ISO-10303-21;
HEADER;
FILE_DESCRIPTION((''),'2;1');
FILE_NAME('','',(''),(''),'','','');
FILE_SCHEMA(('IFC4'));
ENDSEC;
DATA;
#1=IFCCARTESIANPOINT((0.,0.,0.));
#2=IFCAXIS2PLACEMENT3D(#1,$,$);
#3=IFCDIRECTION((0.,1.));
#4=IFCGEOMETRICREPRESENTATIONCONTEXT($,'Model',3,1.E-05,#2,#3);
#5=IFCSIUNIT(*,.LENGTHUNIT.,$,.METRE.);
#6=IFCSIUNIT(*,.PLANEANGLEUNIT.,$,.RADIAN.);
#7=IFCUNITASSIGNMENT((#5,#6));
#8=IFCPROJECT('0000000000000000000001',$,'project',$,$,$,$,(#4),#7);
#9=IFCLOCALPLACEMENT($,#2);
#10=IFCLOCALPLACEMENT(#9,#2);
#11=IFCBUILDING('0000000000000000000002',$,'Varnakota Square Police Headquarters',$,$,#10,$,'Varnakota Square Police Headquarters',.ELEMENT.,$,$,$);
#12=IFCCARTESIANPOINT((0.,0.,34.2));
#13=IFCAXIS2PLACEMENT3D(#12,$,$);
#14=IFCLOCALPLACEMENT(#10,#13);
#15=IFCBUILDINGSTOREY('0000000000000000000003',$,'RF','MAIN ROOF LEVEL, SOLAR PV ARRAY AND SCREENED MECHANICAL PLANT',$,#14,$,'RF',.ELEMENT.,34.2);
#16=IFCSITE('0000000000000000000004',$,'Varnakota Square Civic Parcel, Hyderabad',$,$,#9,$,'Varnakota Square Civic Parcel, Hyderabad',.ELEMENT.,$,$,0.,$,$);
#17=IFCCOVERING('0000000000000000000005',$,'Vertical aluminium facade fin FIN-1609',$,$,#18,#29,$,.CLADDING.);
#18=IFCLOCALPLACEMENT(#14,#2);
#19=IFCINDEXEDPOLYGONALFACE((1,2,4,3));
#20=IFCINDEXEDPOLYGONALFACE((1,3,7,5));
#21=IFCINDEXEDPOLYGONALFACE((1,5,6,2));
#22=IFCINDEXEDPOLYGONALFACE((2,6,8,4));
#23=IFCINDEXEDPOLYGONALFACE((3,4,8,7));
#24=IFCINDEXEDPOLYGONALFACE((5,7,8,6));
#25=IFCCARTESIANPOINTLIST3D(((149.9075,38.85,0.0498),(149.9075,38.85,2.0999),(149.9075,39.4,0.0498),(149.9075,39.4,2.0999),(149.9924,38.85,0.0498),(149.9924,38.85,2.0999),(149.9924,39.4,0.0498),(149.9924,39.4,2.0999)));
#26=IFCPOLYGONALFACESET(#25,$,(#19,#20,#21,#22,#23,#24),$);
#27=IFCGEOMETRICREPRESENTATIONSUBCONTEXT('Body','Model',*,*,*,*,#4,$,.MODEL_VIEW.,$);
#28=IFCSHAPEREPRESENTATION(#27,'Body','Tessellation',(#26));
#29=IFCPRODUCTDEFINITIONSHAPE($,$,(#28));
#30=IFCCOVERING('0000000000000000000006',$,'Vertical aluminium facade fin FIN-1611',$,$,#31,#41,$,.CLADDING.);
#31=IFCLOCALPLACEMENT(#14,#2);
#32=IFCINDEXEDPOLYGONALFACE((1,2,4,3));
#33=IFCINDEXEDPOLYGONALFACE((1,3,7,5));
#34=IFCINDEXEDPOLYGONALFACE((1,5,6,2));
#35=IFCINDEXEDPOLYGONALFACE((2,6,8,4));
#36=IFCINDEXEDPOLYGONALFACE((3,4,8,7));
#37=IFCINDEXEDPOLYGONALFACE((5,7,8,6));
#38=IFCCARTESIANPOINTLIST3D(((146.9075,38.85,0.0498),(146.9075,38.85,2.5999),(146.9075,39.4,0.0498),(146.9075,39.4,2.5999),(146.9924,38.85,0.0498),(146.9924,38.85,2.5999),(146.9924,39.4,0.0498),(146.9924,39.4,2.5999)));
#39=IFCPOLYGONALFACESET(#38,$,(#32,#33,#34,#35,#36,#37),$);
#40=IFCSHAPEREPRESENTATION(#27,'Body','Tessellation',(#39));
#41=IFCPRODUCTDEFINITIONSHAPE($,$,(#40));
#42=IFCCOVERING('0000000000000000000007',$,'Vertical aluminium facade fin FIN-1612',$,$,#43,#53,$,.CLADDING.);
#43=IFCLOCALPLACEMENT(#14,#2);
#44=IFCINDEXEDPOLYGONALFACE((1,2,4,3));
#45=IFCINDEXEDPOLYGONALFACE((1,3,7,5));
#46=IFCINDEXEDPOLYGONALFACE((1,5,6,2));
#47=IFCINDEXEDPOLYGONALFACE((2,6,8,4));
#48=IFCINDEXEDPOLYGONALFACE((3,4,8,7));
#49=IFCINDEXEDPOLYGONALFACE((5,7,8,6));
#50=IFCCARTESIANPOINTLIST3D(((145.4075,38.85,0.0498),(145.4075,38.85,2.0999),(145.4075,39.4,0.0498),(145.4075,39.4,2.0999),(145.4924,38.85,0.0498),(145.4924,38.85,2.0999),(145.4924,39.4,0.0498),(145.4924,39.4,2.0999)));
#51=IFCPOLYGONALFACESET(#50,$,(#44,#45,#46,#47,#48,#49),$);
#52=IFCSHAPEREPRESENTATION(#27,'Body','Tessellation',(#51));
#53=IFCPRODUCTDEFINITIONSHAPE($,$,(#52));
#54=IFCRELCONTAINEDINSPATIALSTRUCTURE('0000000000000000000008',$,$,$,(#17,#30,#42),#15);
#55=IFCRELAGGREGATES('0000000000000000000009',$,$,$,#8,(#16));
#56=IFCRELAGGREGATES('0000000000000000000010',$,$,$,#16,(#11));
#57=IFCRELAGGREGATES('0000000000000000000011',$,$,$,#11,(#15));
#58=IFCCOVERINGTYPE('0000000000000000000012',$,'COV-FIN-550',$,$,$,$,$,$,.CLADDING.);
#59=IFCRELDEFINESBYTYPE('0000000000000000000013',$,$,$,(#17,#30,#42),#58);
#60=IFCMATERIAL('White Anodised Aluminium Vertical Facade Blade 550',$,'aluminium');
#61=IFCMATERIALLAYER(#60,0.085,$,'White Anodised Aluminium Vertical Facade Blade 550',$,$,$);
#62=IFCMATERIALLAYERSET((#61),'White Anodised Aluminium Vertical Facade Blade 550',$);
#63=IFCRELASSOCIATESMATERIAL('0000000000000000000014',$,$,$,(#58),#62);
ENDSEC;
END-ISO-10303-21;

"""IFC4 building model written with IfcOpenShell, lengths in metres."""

from ifc_helpers import new_model, si_unit, direction, frame, origin, origin_2d, place, context, subcontext, project, spatial, rectangle, extrude, material, layer, layer_set, type_object, element, save


model = new_model("IFC4")

# Units and contexts
model_context = context("Model", 3, precision=1e-05, world=origin(), true_north=direction((0.0, 1.0)))
body_context = subcontext(model_context, "Body", "Model", "MODEL_VIEW")
ifc_project = project(units=[si_unit("LENGTHUNIT", "METRE"), si_unit("PLANEANGLEUNIT", "RADIAN")], contexts=[model_context])

# Site, building, storey
site_placement = place(None, origin())
site = spatial("IfcSite", under=ifc_project, at=site_placement, Name="Varnakota Square Civic Parcel, Hyderabad", LongName="Varnakota Square Civic Parcel, Hyderabad", CompositionType="ELEMENT", RefElevation=0.0)
building_placement = place(site_placement, origin())
building = spatial("IfcBuilding", under=site, at=building_placement, Name="Varnakota Square Police Headquarters", LongName="Varnakota Square Police Headquarters", CompositionType="ELEMENT")
storey_placement = place(building_placement, frame((0.0, 0.0, 34.2)))
storey = spatial("IfcBuildingStorey", under=building, at=storey_placement, Name="RF", Description="MAIN ROOF LEVEL, SOLAR PV ARRAY AND SCREENED MECHANICAL PLANT", LongName="RF", CompositionType="ELEMENT", Elevation=34.2)

# Coverings
ifc_material_1 = material(Name="White Anodised Aluminium Vertical Facade Blade 550", Category="aluminium")
ifc_layer_1 = layer(ifc_material_1, 0.085, Name="White Anodised Aluminium Vertical Facade Blade 550")
ifc_layer_set_1 = layer_set([ifc_layer_1], Name="White Anodised Aluminium Vertical Facade Blade 550")
covering_type_1 = type_object("IfcCoveringType", Name="COV-FIN-550", PredefinedType="CLADDING", material=ifc_layer_set_1)
covering_1_placement = place(storey_placement, frame((149.95, 39.125, 0.0498), z_axis=(0.0, 0.0, 1.0), x_axis=(-1.0, 0.0, 0.0)))
element("IfcCovering", 1, at=covering_1_placement, inside=storey, type_object=covering_type_1, Name="Vertical aluminium facade fin FIN-1609", PredefinedType="CLADDING", context=body_context, shape_type="SweptSolid", body=[
    extrude(rectangle(XDim=0.085, YDim=0.55, at=origin_2d()), origin(), (0.0, 0.0, 1.0), 2.05),
])
covering_2_placement = place(storey_placement, frame((146.95, 39.125, 0.0498), z_axis=(0.0, 0.0, 1.0), x_axis=(-1.0, 0.0, 0.0)))
element("IfcCovering", 2, at=covering_2_placement, inside=storey, type_object=covering_type_1, Name="Vertical aluminium facade fin FIN-1611", PredefinedType="CLADDING", context=body_context, shape_type="SweptSolid", body=[
    extrude(rectangle(XDim=0.085, YDim=0.55, at=origin_2d()), origin(), (0.0, 0.0, 1.0), 2.55),
])
covering_3_placement = place(storey_placement, frame((145.45, 39.125, 0.0498), z_axis=(0.0, 0.0, 1.0), x_axis=(-1.0, 0.0, 0.0)))
element("IfcCovering", 3, at=covering_3_placement, inside=storey, type_object=covering_type_1, Name="Vertical aluminium facade fin FIN-1612", PredefinedType="CLADDING", context=body_context, shape_type="SweptSolid", body=[
    extrude(rectangle(XDim=0.085, YDim=0.55, at=origin_2d()), origin(), (0.0, 0.0, 1.0), 2.05),
])

save(model, "model.ifc")
